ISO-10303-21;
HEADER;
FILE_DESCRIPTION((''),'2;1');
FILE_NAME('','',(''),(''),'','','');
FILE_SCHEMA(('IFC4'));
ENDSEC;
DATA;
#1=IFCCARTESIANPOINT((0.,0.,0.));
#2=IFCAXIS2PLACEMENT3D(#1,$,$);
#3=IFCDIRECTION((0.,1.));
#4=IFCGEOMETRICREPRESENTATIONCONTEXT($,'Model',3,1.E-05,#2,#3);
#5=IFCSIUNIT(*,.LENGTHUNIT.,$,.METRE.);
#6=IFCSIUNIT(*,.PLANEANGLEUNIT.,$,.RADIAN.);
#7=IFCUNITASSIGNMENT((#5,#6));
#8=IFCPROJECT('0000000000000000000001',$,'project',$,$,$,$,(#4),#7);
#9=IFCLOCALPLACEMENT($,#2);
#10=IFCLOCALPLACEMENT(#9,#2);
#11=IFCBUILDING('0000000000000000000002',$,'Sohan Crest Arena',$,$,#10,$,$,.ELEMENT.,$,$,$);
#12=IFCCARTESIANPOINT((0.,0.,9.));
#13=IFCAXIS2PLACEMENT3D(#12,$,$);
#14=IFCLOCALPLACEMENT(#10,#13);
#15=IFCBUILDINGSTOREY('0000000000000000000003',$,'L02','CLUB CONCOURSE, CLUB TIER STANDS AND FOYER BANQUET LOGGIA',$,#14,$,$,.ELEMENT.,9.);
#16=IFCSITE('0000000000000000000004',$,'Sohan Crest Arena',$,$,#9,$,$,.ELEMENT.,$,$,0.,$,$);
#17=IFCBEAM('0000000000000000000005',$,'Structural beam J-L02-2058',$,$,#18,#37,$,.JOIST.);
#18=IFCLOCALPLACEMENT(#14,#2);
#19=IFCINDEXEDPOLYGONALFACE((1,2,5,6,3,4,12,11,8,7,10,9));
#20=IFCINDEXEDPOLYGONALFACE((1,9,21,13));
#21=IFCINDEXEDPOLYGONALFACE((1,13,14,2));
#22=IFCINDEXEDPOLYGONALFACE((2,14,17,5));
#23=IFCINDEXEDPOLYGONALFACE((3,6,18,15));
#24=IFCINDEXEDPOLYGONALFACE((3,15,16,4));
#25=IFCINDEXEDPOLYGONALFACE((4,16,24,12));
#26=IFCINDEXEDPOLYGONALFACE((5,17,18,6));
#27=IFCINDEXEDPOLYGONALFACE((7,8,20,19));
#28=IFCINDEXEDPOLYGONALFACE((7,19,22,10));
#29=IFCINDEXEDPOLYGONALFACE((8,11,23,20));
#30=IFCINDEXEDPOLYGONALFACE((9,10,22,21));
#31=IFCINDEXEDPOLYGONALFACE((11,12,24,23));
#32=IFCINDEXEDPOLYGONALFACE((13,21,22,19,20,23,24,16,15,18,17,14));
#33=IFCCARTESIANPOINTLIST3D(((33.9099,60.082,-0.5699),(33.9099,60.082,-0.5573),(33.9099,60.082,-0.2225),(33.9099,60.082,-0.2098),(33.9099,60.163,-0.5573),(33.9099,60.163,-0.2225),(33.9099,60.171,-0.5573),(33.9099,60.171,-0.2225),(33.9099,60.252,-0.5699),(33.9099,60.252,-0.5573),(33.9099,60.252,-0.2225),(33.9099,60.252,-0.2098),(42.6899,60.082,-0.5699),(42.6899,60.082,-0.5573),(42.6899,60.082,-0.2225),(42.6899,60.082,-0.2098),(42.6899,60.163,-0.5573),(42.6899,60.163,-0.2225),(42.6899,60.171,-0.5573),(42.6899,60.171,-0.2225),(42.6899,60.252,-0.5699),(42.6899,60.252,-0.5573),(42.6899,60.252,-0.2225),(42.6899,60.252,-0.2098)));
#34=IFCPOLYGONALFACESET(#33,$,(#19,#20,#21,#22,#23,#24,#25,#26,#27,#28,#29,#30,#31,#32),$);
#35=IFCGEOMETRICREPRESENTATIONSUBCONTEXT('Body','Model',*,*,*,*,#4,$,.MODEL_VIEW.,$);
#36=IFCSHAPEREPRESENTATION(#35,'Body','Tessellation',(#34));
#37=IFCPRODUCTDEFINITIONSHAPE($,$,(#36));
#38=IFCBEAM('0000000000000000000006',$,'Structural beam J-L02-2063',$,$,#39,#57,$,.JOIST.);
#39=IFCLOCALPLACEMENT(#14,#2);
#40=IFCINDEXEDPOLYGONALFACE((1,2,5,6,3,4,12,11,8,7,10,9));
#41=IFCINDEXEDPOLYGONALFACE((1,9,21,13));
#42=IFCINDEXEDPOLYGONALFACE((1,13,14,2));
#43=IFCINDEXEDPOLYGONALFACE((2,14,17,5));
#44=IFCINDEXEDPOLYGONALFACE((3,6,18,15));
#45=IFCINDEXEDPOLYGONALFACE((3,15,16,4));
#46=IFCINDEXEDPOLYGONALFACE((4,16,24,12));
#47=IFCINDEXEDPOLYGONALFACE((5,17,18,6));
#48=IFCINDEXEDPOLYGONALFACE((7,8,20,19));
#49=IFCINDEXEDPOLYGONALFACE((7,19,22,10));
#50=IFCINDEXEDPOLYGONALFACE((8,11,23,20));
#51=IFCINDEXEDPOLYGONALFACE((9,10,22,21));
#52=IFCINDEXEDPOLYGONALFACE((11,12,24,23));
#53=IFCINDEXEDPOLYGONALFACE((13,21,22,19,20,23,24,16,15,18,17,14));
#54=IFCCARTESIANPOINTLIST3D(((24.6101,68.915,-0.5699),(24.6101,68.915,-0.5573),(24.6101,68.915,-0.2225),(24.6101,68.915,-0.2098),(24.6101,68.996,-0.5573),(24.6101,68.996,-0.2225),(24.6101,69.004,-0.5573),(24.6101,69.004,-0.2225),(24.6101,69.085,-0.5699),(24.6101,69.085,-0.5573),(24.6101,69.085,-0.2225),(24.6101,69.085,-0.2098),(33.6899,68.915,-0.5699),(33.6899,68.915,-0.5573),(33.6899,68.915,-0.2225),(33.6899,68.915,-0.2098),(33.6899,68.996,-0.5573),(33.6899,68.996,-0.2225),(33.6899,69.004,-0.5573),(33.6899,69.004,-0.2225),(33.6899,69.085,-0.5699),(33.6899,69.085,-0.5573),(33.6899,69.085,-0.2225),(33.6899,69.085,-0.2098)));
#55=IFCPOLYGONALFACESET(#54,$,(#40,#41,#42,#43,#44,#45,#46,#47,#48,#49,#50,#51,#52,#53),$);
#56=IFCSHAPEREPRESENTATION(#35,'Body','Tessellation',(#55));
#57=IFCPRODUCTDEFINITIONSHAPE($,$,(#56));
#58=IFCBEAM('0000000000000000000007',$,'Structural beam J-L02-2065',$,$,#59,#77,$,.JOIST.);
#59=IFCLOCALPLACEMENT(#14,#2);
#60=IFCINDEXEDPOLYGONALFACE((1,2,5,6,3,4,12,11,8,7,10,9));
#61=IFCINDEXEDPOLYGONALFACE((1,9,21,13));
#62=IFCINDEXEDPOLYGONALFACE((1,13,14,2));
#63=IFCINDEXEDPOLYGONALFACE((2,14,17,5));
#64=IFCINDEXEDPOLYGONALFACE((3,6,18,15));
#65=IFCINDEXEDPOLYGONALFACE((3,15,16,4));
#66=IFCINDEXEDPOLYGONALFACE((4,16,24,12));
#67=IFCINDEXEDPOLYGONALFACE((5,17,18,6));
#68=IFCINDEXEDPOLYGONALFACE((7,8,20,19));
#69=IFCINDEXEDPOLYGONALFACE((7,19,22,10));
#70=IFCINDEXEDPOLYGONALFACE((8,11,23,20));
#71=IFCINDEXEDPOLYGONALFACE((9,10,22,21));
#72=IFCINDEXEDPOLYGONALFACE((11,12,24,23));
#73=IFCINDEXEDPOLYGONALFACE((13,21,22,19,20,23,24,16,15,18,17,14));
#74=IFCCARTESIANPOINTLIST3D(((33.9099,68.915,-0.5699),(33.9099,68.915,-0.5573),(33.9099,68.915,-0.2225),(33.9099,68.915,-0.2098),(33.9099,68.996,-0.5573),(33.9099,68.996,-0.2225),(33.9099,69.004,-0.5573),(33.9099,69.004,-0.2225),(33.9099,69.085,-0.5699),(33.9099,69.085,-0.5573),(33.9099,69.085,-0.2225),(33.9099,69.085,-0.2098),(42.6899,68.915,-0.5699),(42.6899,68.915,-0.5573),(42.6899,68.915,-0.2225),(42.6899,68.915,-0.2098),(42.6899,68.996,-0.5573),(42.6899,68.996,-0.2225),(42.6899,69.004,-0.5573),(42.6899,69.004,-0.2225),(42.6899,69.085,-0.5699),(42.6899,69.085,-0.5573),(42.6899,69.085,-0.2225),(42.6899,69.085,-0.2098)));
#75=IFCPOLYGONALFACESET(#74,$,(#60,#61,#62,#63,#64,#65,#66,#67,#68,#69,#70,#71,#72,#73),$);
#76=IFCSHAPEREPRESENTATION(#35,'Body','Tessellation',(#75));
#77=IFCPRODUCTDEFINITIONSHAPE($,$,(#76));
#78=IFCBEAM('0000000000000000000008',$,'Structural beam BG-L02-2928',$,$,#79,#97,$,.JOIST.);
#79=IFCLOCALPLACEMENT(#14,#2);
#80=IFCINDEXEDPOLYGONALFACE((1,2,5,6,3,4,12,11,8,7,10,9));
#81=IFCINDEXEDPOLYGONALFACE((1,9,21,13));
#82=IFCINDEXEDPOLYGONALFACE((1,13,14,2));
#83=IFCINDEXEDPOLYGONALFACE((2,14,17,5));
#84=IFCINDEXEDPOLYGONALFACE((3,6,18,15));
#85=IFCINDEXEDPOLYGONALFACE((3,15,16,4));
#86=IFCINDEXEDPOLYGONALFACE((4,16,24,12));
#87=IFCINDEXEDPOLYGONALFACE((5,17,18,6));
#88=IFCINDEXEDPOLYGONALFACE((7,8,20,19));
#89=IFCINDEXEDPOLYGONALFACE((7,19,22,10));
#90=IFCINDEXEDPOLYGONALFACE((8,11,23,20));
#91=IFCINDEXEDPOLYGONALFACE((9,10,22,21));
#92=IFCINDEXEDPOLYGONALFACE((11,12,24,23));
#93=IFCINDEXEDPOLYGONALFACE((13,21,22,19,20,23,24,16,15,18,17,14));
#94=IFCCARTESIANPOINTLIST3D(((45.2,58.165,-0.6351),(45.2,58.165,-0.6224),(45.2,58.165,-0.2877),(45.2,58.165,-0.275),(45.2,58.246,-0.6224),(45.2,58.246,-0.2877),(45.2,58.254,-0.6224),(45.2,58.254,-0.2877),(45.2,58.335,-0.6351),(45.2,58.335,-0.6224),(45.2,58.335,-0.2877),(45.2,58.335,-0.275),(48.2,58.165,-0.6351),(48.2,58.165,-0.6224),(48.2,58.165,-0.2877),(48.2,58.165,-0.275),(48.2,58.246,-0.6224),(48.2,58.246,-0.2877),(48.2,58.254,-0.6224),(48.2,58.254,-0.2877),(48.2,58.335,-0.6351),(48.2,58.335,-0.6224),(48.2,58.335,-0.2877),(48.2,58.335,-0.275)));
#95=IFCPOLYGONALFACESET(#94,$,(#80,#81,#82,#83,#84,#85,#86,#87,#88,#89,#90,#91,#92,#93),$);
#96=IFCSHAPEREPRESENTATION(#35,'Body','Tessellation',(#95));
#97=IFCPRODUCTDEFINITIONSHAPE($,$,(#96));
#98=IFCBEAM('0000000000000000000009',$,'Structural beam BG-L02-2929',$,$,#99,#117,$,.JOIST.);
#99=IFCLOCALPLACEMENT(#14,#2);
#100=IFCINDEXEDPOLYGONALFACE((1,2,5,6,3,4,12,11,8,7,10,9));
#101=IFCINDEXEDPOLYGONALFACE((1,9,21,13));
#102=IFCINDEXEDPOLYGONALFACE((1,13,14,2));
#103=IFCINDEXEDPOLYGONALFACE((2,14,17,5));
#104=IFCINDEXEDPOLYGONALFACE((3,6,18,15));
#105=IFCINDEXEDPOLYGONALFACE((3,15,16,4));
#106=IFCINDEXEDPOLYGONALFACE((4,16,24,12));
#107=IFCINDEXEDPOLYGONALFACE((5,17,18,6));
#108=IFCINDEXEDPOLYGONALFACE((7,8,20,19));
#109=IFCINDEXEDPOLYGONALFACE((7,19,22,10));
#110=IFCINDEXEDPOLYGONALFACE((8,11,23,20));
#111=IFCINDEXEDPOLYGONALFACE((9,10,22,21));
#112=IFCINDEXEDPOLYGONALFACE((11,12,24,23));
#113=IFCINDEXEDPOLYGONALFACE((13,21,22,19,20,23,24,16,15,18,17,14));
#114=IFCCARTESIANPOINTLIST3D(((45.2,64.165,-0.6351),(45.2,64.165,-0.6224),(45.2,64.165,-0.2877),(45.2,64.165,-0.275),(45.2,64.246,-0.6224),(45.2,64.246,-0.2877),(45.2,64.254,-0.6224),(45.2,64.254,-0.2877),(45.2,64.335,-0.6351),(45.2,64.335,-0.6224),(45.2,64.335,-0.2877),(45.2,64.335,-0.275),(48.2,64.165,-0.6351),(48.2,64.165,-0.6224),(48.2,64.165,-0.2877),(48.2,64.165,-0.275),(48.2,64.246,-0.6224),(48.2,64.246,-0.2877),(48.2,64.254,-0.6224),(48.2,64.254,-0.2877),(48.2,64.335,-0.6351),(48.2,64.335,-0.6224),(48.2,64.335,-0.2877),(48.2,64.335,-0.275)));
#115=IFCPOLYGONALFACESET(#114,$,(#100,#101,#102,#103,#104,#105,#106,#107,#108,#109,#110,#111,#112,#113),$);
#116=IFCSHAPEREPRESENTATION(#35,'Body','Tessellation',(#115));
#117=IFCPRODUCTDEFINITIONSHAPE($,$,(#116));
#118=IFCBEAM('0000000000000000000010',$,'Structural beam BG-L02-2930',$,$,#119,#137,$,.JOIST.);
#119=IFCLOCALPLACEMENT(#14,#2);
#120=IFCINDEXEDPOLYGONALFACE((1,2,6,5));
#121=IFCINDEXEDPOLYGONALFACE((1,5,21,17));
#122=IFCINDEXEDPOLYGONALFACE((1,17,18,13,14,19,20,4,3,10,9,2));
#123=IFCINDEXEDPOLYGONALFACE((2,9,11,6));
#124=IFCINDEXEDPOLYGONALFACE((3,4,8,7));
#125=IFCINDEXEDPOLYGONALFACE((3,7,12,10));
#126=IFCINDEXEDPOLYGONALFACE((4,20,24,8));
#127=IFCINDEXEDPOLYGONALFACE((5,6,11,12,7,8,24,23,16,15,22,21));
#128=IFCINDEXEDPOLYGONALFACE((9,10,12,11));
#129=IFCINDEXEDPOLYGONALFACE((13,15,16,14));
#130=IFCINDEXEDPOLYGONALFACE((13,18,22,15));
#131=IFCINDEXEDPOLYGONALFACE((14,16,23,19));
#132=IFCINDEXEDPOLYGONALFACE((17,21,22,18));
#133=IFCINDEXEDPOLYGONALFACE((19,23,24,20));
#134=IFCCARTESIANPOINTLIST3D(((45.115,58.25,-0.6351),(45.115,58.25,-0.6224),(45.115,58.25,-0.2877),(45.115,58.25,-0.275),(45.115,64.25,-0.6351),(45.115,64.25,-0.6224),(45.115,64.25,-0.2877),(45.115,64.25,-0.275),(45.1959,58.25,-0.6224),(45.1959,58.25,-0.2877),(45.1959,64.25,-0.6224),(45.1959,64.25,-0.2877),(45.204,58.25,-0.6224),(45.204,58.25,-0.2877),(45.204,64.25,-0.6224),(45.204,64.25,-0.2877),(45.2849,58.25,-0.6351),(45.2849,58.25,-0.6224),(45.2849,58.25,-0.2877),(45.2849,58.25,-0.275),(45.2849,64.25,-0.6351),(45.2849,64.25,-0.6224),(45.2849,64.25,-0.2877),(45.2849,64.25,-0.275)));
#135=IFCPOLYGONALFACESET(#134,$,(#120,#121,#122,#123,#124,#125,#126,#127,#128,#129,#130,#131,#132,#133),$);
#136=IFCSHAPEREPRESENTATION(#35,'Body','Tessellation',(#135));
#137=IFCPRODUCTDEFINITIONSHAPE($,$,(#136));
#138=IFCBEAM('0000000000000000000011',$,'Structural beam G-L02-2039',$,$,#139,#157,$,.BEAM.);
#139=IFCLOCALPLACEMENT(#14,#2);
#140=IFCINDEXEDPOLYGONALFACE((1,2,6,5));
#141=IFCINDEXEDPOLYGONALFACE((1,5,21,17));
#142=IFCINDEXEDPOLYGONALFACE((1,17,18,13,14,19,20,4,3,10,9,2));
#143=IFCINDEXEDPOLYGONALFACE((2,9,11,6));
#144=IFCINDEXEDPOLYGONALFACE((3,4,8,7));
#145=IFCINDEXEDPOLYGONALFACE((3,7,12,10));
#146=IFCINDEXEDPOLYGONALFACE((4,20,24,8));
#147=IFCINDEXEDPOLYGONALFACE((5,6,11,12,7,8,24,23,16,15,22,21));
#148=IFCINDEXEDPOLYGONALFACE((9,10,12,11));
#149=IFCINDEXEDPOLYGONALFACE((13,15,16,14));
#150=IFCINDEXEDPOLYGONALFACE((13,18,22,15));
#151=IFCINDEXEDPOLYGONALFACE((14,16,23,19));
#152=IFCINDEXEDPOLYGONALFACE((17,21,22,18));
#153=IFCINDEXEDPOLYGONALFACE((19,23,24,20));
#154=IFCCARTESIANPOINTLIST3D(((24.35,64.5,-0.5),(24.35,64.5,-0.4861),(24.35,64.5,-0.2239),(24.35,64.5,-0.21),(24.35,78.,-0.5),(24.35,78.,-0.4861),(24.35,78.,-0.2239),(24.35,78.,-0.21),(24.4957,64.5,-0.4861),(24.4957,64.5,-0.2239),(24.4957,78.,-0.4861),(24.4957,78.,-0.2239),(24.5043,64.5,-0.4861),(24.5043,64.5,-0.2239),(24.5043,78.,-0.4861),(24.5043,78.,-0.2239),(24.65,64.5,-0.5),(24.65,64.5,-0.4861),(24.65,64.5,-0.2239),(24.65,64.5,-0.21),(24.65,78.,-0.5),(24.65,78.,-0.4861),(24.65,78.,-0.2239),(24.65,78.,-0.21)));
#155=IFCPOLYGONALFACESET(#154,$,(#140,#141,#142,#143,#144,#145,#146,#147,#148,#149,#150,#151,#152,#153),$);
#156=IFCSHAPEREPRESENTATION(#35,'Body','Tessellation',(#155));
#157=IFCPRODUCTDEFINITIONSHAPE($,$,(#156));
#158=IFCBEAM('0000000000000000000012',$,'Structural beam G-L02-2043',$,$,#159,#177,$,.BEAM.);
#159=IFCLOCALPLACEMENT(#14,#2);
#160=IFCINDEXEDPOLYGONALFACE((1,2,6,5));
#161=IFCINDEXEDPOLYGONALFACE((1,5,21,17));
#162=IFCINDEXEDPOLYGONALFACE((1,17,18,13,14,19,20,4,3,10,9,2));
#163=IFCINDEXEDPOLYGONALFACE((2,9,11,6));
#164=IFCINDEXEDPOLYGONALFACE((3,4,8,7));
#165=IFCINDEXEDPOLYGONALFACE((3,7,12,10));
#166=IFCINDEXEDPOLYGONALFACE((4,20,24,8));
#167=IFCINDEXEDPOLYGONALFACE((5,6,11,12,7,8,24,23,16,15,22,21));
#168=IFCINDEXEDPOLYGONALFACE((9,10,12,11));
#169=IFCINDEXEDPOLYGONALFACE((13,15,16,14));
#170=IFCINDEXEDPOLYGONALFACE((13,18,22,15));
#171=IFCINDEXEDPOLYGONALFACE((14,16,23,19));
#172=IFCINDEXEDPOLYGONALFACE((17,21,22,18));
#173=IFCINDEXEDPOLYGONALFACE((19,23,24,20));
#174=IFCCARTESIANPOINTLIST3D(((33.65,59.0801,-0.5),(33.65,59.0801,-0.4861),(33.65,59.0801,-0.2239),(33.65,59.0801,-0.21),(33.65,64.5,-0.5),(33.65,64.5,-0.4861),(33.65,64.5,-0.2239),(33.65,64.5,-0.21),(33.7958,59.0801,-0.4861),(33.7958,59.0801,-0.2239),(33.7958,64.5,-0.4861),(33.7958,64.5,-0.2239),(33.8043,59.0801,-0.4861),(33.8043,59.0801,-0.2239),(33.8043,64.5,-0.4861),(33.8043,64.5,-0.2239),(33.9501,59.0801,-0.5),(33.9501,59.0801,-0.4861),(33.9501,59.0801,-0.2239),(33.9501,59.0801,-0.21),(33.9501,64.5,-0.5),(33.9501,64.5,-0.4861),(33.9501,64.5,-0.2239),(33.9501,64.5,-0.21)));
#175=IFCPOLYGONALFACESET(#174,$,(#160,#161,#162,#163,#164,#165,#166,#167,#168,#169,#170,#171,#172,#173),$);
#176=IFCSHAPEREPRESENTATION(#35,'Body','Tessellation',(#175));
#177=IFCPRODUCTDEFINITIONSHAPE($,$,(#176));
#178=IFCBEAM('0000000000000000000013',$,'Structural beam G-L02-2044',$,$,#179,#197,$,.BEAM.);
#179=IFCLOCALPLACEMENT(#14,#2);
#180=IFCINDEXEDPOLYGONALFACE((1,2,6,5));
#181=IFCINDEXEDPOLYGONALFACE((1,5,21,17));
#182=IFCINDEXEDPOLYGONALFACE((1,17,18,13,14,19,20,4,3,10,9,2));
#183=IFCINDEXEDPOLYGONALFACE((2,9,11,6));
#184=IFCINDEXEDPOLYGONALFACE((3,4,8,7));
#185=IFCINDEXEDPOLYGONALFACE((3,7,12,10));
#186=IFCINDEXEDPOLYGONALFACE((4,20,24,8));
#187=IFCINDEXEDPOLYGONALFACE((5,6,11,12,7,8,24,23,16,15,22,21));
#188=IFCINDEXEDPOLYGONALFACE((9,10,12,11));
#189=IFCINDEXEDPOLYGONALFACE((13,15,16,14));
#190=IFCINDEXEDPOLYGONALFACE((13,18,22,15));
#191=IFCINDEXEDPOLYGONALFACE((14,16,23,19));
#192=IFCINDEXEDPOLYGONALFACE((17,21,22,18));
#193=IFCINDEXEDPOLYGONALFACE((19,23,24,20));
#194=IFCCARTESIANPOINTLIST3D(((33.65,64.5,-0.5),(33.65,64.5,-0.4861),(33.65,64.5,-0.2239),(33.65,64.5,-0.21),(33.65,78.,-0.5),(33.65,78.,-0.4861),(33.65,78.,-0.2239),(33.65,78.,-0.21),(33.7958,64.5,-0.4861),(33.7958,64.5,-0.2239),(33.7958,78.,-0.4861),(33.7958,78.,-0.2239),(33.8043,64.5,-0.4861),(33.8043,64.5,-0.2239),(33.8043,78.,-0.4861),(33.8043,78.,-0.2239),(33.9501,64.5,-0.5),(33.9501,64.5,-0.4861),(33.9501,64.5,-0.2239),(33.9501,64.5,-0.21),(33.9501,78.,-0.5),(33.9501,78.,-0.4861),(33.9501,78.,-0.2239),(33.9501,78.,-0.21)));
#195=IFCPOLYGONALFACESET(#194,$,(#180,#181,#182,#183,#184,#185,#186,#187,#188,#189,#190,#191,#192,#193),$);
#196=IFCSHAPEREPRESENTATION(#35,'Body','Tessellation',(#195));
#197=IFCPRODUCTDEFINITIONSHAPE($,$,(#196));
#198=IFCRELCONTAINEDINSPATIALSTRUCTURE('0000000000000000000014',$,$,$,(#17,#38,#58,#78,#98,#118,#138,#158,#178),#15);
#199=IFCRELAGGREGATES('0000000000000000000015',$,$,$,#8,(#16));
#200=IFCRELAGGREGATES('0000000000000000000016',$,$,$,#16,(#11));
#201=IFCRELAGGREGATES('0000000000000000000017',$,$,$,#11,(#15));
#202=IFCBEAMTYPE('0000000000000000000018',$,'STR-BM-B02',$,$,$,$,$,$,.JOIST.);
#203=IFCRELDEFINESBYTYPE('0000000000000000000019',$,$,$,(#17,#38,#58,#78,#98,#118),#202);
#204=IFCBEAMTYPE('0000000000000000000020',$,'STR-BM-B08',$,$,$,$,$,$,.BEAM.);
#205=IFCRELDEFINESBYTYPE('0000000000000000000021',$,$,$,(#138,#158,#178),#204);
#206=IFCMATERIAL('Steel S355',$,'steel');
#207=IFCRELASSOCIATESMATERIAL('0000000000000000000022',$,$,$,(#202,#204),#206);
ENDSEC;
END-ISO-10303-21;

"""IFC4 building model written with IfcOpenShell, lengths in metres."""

from ifc_helpers import new_model, si_unit, direction, frame, origin, origin_2d, place, context, subcontext, project, spatial, i_section, extrude, material, material_profile, profile_set, type_object, element, save


model = new_model("IFC4")

# Units and contexts
model_context = context("Model", 3, precision=1e-05, world=origin(), true_north=direction((0.0, 1.0)))
body_context = subcontext(model_context, "Body", "Model", "MODEL_VIEW")
ifc_project = project(units=[si_unit("LENGTHUNIT", "METRE"), si_unit("PLANEANGLEUNIT", "RADIAN")], contexts=[model_context])

# Site, building, storey
site_placement = place(None, origin())
site = spatial("IfcSite", under=ifc_project, at=site_placement, Name="Sohan Crest Arena", CompositionType="ELEMENT", RefElevation=0.0)
building_placement = place(site_placement, origin())
building = spatial("IfcBuilding", under=site, at=building_placement, Name="Sohan Crest Arena", CompositionType="ELEMENT")
storey_placement = place(building_placement, frame((0.0, 0.0, 9.0)))
storey = spatial("IfcBuildingStorey", under=building, at=storey_placement, Name="L02", Description="CLUB CONCOURSE, CLUB TIER STANDS AND FOYER BANQUET LOGGIA", CompositionType="ELEMENT", Elevation=9.0)

# Shared definitions
ifc_material_1 = material(Name="Steel S355", Category="steel")

# Beams
ifc_material_profile_1 = material_profile(ifc_material_1, i_section(OverallWidth=0.1699, OverallDepth=0.3601, WebThickness=0.0081, FlangeThickness=0.0127, at=origin_2d()), Name="IPE 360")
ifc_profile_set_1 = profile_set([ifc_material_profile_1], Name="Steel S355")
beam_type_1 = type_object("IfcBeamType", Name="STR-BM-B02", PredefinedType="JOIST", material=ifc_profile_set_1)
beam_1_placement = place(storey_placement, frame((33.9099, 60.167, -0.3899), z_axis=(1.0, 0.0, 0.0), x_axis=(0.0, 1.0, 0.0)))
element("IfcBeam", 1, at=beam_1_placement, inside=storey, type_object=beam_type_1, Name="Structural beam J-L02-2058", PredefinedType="JOIST", context=body_context, shape_type="SweptSolid", body=[
    extrude(i_section(OverallWidth=0.1699, OverallDepth=0.3601, WebThickness=0.0081, FlangeThickness=0.0127, at=origin_2d()), origin(), (0.0, 0.0, 1.0), 8.78),
])
beam_2_placement = place(storey_placement, frame((24.6101, 69.0, -0.3899), z_axis=(1.0, 0.0, 0.0), x_axis=(0.0, 1.0, 0.0)))
element("IfcBeam", 2, at=beam_2_placement, inside=storey, type_object=beam_type_1, Name="Structural beam J-L02-2063", PredefinedType="JOIST", context=body_context, shape_type="SweptSolid", body=[
    extrude(i_section(OverallWidth=0.1699, OverallDepth=0.3601, WebThickness=0.0081, FlangeThickness=0.0127, at=origin_2d()), origin(), (0.0, 0.0, 1.0), 9.0798),
])
beam_3_placement = place(storey_placement, frame((33.9099, 69.0, -0.3899), z_axis=(1.0, 0.0, 0.0), x_axis=(0.0, 1.0, 0.0)))
element("IfcBeam", 3, at=beam_3_placement, inside=storey, type_object=beam_type_1, Name="Structural beam J-L02-2065", PredefinedType="JOIST", context=body_context, shape_type="SweptSolid", body=[
    extrude(i_section(OverallWidth=0.1699, OverallDepth=0.3601, WebThickness=0.0081, FlangeThickness=0.0127, at=origin_2d()), origin(), (0.0, 0.0, 1.0), 8.78),
])
for number, where, z_axis, x_axis, name in (
    (4, (45.2, 58.25, -0.4551), (1.0, 0.0, 0.0), (0.0, 1.0, 0.0), "Structural beam BG-L02-2928"),
    (5, (45.2, 64.25, -0.4551), (1.0, 0.0, 0.0), (0.0, 1.0, 0.0), "Structural beam BG-L02-2929"),
):
    element("IfcBeam", number, at=place(storey_placement, frame(where, z_axis=z_axis, x_axis=x_axis)), inside=storey, type_object=beam_type_1, Name=name, PredefinedType="JOIST", context=body_context, shape_type="SweptSolid", body=[
        extrude(i_section(OverallWidth=0.1699, OverallDepth=0.3601, WebThickness=0.0081, FlangeThickness=0.0127, at=origin_2d()), origin(), (0.0, 0.0, 1.0), 3.0),
    ])
beam_4_placement = place(storey_placement, frame((45.2, 58.25, -0.4551), z_axis=(0.0, 1.0, 0.0), x_axis=(-1.0, 0.0, 0.0)))
element("IfcBeam", 6, at=beam_4_placement, inside=storey, type_object=beam_type_1, Name="Structural beam BG-L02-2930", PredefinedType="JOIST", context=body_context, shape_type="SweptSolid", body=[
    extrude(i_section(OverallWidth=0.1699, OverallDepth=0.3601, WebThickness=0.0081, FlangeThickness=0.0127, at=origin_2d()), origin(), (0.0, 0.0, 1.0), 6.0),
])
ifc_material_profile_2 = material_profile(ifc_material_1, i_section(OverallWidth=0.3, OverallDepth=0.29, WebThickness=0.0085, FlangeThickness=0.0139, at=origin_2d()), Name="HEA 300")
ifc_profile_set_2 = profile_set([ifc_material_profile_2], Name="Steel S355")
beam_type_2 = type_object("IfcBeamType", Name="STR-BM-B08", PredefinedType="BEAM", material=ifc_profile_set_2)
beam_5_placement = place(storey_placement, frame((24.5, 64.5, -0.355), z_axis=(0.0, 1.0, 0.0), x_axis=(-1.0, 0.0, 0.0)))
element("IfcBeam", 7, at=beam_5_placement, inside=storey, type_object=beam_type_2, Name="Structural beam G-L02-2039", PredefinedType="BEAM", context=body_context, shape_type="SweptSolid", body=[
    extrude(i_section(OverallWidth=0.3, OverallDepth=0.29, WebThickness=0.0085, FlangeThickness=0.0139, at=origin_2d()), origin(), (0.0, 0.0, 1.0), 13.5),
])
beam_6_placement = place(storey_placement, frame((33.8, 59.0801, -0.355), z_axis=(0.0, 1.0, 0.0), x_axis=(-1.0, 0.0, 0.0)))
element("IfcBeam", 8, at=beam_6_placement, inside=storey, type_object=beam_type_2, Name="Structural beam G-L02-2043", PredefinedType="BEAM", context=body_context, shape_type="SweptSolid", body=[
    extrude(i_section(OverallWidth=0.3, OverallDepth=0.29, WebThickness=0.0085, FlangeThickness=0.0139, at=origin_2d()), origin(), (0.0, 0.0, 1.0), 5.4199),
])
for number, where, z_axis, x_axis, name in (
    (9, (33.8, 64.5, -0.355), (0.0, 1.0, 0.0), (-1.0, 0.0, 0.0), "Structural beam G-L02-2044"),
):
    element("IfcBeam", number, at=place(storey_placement, frame(where, z_axis=z_axis, x_axis=x_axis)), inside=storey, type_object=beam_type_2, Name=name, PredefinedType="BEAM", context=body_context, shape_type="SweptSolid", body=[
        extrude(i_section(OverallWidth=0.3, OverallDepth=0.29, WebThickness=0.0085, FlangeThickness=0.0139, at=origin_2d()), origin(), (0.0, 0.0, 1.0), 13.5),
    ])

save(model, "model.ifc")
